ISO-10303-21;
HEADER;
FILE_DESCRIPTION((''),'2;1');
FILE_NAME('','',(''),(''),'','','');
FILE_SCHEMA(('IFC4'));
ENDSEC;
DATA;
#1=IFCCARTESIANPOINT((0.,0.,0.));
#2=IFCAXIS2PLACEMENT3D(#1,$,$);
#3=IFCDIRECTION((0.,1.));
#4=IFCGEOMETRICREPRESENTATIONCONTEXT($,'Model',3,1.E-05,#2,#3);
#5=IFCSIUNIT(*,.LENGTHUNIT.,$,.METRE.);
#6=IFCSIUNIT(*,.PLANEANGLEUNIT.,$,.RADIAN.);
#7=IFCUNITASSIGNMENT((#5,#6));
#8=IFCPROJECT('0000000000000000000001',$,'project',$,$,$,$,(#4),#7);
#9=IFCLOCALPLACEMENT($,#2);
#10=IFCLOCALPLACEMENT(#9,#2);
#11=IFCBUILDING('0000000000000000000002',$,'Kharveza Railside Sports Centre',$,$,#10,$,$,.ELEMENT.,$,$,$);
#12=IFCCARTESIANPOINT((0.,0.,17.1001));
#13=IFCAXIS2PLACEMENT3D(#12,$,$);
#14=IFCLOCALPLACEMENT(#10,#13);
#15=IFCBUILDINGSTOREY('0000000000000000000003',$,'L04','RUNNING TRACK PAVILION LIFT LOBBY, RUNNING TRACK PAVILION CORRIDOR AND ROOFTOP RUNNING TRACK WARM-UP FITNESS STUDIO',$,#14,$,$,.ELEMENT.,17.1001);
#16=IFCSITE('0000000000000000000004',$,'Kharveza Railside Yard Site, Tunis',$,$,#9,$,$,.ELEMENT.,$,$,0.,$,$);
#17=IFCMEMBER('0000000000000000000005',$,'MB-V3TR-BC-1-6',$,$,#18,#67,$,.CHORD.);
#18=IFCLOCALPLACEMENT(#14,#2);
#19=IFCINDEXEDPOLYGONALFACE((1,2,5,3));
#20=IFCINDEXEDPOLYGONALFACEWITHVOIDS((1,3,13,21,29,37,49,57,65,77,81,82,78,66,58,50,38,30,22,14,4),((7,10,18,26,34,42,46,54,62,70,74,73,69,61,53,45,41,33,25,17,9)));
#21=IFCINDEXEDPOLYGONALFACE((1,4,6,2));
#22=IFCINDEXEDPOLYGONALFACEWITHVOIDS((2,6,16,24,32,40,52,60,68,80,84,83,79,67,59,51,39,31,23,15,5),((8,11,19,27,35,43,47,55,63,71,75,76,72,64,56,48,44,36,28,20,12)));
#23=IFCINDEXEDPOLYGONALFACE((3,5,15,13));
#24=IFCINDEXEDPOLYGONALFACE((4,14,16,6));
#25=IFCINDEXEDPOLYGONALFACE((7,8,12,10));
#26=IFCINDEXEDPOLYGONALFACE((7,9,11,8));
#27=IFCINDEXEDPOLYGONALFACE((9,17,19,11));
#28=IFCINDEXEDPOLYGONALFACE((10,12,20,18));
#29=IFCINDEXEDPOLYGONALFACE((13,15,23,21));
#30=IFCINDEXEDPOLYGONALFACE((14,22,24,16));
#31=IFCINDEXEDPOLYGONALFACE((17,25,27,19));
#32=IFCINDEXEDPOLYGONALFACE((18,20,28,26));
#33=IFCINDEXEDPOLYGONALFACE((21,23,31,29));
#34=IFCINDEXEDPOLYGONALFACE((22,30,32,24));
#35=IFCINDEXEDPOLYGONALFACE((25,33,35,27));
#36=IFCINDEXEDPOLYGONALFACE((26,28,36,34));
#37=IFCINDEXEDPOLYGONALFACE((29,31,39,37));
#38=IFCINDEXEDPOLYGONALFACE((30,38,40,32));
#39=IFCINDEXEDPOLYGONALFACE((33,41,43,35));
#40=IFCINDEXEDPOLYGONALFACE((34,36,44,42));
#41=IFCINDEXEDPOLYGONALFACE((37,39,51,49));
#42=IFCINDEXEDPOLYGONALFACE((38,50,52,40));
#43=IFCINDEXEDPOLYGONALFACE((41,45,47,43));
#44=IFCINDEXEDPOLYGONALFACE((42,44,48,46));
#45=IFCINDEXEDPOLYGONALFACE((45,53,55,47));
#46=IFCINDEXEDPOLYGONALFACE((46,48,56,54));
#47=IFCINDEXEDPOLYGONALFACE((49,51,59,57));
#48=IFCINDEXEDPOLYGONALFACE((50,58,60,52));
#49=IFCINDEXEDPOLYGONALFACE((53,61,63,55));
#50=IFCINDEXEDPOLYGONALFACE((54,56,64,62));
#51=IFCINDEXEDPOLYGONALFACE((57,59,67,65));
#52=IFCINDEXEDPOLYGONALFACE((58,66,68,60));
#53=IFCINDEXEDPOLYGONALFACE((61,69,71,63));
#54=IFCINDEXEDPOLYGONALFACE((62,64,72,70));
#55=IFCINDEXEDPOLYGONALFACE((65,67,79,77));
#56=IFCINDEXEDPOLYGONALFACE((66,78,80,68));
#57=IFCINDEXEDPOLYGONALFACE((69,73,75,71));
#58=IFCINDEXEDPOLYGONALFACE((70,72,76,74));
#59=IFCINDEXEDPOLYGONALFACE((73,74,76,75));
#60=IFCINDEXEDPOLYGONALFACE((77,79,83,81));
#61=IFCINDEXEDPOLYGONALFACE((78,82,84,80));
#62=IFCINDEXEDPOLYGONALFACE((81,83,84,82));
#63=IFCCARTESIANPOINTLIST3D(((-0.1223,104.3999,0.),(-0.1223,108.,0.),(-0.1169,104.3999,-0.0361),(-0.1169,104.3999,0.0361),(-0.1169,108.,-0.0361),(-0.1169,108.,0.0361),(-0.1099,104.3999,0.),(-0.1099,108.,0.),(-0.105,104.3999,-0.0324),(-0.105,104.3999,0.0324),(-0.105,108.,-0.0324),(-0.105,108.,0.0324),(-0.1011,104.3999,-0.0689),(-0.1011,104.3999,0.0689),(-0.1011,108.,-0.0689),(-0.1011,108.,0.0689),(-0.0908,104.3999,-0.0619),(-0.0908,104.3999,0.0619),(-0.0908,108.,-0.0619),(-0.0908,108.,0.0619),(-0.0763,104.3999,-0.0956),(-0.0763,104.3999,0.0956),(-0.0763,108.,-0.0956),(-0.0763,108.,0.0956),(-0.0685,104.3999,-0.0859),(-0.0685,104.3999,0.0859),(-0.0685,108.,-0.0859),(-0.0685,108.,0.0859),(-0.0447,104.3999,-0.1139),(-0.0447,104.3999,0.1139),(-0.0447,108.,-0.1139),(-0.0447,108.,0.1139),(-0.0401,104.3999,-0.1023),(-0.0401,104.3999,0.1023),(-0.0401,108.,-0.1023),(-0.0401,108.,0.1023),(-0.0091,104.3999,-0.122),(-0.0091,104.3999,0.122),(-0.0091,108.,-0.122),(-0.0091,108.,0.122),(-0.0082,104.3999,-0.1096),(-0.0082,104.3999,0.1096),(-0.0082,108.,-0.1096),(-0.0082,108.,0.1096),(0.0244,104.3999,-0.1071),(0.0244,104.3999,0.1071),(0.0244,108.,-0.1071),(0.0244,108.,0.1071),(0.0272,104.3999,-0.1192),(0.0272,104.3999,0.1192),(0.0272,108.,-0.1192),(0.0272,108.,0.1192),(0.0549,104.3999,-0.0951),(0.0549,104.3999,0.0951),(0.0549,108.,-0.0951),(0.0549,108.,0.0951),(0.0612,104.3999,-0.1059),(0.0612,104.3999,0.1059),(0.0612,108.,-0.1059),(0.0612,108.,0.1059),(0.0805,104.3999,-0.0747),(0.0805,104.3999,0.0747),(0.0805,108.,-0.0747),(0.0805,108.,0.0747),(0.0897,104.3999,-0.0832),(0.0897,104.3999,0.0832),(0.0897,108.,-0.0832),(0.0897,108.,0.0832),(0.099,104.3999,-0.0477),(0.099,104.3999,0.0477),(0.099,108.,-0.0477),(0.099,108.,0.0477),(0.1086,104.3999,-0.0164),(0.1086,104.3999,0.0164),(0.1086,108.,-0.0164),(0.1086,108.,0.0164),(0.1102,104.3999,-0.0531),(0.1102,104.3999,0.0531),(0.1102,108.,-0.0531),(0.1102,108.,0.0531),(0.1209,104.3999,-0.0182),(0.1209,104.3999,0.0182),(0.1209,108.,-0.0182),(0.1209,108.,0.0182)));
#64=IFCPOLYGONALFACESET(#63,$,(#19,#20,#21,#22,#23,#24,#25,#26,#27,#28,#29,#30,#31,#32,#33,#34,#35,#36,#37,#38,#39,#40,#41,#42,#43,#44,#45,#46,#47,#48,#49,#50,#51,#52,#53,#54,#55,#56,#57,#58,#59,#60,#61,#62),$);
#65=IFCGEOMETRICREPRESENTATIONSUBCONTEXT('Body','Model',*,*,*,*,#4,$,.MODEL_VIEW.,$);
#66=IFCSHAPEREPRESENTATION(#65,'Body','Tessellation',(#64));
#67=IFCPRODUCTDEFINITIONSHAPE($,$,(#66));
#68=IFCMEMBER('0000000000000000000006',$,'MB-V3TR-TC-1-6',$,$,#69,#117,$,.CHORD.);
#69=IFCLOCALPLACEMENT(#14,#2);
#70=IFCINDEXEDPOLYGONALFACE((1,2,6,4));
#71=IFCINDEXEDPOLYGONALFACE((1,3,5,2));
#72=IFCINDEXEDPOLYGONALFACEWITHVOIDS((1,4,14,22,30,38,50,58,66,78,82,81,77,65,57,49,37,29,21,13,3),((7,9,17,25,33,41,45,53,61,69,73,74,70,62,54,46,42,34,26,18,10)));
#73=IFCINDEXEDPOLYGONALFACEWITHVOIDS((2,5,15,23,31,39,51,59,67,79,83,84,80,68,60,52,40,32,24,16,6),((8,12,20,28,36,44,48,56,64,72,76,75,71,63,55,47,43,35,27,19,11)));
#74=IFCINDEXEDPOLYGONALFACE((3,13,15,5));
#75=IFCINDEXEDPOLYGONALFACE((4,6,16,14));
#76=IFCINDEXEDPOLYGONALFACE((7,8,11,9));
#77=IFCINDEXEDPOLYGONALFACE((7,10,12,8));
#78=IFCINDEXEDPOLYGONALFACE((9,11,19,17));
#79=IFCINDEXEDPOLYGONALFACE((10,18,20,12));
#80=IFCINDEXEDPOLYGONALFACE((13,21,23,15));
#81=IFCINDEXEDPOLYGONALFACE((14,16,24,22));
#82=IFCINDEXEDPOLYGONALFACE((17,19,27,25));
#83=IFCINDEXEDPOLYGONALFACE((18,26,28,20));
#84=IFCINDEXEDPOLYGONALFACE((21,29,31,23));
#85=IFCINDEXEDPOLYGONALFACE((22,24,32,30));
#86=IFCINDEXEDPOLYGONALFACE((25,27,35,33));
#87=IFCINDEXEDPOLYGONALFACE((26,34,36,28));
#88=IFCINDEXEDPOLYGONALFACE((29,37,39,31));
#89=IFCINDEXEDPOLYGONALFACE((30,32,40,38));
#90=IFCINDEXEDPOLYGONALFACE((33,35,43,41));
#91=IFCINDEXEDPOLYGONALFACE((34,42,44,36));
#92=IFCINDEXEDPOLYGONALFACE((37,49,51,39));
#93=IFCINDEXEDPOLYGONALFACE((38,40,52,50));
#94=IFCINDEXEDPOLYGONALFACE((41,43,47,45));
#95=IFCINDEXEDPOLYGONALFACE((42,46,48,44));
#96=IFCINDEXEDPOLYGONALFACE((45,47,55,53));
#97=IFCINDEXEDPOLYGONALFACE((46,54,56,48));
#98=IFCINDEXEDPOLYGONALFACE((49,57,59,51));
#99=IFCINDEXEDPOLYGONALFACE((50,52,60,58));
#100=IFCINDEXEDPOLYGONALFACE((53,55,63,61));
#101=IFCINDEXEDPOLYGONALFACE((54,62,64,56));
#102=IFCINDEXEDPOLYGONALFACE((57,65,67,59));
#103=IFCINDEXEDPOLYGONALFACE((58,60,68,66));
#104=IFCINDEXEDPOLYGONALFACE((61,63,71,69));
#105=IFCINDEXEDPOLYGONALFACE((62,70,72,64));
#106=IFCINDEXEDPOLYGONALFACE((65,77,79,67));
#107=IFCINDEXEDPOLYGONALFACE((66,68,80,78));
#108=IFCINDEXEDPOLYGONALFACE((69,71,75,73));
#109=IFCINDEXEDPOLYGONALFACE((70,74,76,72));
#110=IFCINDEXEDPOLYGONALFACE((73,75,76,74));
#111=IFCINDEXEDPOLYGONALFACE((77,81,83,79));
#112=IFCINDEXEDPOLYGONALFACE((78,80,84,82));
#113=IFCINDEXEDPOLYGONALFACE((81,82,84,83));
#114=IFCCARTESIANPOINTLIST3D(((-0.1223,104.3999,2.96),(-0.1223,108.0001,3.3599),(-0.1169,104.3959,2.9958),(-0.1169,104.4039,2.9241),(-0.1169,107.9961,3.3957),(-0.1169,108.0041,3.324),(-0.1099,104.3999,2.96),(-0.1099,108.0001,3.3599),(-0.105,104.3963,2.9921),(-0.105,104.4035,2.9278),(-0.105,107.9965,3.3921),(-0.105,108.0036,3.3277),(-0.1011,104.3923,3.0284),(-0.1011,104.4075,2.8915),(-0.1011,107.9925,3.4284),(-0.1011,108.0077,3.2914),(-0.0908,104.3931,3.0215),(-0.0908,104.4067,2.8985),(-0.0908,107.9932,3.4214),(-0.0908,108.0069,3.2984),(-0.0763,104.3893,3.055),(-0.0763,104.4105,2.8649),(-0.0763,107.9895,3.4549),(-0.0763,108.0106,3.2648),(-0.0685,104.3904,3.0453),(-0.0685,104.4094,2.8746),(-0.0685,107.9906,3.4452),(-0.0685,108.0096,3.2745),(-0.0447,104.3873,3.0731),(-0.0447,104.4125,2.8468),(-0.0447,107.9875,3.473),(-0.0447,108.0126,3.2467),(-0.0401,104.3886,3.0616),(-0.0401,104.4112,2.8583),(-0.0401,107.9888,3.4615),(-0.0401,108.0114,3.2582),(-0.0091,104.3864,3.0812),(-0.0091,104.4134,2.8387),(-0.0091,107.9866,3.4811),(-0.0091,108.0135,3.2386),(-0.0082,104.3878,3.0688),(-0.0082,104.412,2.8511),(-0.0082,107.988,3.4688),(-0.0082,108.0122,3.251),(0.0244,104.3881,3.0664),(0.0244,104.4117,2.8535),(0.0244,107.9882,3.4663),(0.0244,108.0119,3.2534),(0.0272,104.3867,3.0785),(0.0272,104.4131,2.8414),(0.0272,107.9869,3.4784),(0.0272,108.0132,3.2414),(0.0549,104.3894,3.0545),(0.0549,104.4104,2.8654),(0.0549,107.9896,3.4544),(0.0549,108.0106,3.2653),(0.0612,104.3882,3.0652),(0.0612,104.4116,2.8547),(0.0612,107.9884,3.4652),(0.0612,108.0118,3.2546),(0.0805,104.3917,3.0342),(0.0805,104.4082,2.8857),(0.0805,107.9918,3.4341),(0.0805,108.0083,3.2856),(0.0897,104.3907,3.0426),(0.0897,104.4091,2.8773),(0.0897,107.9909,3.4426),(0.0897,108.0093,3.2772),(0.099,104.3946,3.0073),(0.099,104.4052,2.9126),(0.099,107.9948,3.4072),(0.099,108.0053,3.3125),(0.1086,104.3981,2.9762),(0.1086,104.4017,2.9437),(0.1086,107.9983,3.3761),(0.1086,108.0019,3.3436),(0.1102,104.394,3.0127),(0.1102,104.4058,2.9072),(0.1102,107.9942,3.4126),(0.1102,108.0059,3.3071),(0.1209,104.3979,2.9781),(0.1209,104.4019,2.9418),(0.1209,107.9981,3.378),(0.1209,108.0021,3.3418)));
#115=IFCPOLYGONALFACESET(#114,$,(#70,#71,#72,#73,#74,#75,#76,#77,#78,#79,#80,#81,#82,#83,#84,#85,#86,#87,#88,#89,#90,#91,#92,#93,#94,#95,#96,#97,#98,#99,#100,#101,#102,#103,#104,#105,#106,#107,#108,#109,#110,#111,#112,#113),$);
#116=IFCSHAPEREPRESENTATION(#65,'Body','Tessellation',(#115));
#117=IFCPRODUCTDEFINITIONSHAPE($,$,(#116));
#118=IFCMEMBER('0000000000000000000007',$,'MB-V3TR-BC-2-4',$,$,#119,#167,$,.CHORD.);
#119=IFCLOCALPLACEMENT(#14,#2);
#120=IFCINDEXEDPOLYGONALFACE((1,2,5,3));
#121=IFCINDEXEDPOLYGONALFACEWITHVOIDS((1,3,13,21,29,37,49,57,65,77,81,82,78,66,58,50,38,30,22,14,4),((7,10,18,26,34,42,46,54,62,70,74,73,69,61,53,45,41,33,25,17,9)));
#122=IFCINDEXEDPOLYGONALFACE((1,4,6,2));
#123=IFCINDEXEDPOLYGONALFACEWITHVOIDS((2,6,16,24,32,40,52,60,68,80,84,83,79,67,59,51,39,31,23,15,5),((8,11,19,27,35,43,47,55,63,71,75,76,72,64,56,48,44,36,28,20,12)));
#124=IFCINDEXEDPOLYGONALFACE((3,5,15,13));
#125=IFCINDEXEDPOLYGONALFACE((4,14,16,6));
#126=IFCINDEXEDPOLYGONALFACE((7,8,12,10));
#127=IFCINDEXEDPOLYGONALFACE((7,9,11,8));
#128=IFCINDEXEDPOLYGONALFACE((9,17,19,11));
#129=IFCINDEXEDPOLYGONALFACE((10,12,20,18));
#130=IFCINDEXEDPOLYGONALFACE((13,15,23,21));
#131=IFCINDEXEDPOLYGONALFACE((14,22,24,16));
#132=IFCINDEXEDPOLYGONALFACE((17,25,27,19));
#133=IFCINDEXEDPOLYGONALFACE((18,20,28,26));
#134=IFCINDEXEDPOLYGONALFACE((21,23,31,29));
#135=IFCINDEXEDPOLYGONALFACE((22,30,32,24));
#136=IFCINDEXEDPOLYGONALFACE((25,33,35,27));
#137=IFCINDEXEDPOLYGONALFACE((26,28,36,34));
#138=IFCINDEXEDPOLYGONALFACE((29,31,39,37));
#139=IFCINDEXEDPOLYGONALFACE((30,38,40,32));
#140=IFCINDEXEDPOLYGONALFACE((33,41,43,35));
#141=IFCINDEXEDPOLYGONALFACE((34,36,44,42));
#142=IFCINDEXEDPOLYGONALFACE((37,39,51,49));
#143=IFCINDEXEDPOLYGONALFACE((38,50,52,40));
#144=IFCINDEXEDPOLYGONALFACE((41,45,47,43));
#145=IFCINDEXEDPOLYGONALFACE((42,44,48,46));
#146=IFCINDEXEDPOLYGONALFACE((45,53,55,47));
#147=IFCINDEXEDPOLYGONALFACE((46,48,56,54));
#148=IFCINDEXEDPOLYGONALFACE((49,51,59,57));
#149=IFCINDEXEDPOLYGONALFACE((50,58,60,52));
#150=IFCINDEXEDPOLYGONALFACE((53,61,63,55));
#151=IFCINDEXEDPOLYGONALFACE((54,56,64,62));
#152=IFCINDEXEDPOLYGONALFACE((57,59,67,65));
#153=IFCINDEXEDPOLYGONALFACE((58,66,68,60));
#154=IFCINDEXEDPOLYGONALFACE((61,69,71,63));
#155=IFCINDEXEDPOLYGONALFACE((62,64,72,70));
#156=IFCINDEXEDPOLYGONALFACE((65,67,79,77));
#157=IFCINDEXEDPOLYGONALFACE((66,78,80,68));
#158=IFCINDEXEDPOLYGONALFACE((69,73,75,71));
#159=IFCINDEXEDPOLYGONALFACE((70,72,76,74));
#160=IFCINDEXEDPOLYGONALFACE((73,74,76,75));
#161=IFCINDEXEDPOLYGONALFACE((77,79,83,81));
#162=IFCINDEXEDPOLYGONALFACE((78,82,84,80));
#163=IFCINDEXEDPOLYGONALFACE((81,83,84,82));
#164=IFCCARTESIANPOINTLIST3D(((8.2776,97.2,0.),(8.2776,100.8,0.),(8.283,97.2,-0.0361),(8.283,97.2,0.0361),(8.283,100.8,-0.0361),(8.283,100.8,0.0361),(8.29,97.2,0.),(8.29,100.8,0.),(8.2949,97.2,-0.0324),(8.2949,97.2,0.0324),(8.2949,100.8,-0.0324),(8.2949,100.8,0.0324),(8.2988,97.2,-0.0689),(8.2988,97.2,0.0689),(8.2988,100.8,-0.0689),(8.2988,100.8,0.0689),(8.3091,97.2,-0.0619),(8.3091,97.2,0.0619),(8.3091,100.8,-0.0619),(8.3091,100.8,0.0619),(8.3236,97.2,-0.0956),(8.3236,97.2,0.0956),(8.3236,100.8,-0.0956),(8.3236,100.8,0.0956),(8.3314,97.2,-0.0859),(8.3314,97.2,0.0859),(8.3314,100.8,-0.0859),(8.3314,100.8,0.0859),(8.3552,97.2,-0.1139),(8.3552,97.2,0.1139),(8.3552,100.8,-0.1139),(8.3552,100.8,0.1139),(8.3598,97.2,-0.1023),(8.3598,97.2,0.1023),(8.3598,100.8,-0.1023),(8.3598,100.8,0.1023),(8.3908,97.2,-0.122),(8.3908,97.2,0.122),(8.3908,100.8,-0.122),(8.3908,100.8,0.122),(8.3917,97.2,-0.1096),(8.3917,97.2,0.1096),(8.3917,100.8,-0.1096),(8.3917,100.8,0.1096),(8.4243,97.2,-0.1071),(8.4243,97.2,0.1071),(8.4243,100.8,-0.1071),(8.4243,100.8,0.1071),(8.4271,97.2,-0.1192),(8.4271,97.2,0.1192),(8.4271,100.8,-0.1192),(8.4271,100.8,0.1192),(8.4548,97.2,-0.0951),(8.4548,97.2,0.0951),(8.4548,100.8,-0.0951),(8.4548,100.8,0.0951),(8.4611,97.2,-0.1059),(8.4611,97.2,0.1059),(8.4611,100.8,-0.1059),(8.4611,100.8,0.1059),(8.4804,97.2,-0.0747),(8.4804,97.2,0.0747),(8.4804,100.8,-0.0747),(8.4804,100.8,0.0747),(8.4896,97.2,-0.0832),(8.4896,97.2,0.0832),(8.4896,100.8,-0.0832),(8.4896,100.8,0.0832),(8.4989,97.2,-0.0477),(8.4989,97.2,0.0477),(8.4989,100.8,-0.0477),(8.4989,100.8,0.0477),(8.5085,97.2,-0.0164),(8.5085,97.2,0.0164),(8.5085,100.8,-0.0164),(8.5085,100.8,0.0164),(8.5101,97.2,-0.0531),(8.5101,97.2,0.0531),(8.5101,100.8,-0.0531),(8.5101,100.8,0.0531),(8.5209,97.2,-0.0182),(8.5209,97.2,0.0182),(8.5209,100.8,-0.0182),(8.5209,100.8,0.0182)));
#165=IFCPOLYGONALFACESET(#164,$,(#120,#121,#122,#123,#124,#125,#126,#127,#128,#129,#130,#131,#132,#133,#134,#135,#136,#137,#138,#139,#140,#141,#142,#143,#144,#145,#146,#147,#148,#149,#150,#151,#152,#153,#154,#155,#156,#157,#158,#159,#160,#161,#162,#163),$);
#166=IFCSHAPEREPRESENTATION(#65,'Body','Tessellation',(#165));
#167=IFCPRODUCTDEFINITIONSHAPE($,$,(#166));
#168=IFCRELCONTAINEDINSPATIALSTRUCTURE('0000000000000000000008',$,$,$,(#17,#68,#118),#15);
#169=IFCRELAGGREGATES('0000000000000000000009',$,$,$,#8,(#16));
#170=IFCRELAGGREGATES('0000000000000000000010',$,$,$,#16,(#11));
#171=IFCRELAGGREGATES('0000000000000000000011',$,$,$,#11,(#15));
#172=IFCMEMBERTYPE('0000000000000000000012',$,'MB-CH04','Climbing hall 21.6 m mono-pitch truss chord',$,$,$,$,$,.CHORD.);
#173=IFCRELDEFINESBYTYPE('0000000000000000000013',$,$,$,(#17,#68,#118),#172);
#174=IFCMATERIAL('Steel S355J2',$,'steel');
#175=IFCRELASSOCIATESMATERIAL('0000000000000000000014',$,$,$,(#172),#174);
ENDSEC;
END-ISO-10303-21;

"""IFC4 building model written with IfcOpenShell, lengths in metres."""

from ifc_helpers import new_model, si_unit, direction, frame, origin, origin_2d, place, context, subcontext, project, spatial, hollow_circle, extrude, material, material_profile, profile_set, type_object, element, save


model = new_model("IFC4")

# Units and contexts
model_context = context("Model", 3, precision=1e-05, world=origin(), true_north=direction((0.0, 1.0)))
body_context = subcontext(model_context, "Body", "Model", "MODEL_VIEW")
ifc_project = project(units=[si_unit("LENGTHUNIT", "METRE"), si_unit("PLANEANGLEUNIT", "RADIAN")], contexts=[model_context])

# Site, building, storey
site_placement = place(None, origin())
site = spatial("IfcSite", under=ifc_project, at=site_placement, Name="Kharveza Railside Yard Site, Tunis", CompositionType="ELEMENT", RefElevation=0.0)
building_placement = place(site_placement, origin())
building = spatial("IfcBuilding", under=site, at=building_placement, Name="Kharveza Railside Sports Centre", CompositionType="ELEMENT")
storey_placement = place(building_placement, frame((0.0, 0.0, 17.1001)))
storey = spatial("IfcBuildingStorey", under=building, at=storey_placement, Name="L04", Description="RUNNING TRACK PAVILION LIFT LOBBY, RUNNING TRACK PAVILION CORRIDOR AND ROOFTOP RUNNING TRACK WARM-UP FITNESS STUDIO", CompositionType="ELEMENT", Elevation=17.1001)

# Members
ifc_material_1 = material(Name="Steel S355J2", Category="steel")
ifc_material_profile_1 = material_profile(ifc_material_1, hollow_circle(Radius=0.1223, WallThickness=0.0125, at=origin_2d()), Name="CHS 244.5x12.5")
ifc_profile_set_1 = profile_set([ifc_material_profile_1], Name="Steel S355J2")
member_type_1 = type_object("IfcMemberType", Name="MB-CH04", Description="Climbing hall 21.6 m mono-pitch truss chord", PredefinedType="CHORD", material=ifc_profile_set_1)
member_1_placement = place(storey_placement, frame((0.0, 104.3999, 0.0), z_axis=(0.0, 1.0, 0.0), x_axis=(-1.0, 0.0, 0.0)))
element("IfcMember", 1, at=member_1_placement, inside=storey, type_object=member_type_1, Name="MB-V3TR-BC-1-6", PredefinedType="CHORD", context=body_context, shape_type="SweptSolid", body=[
    extrude(hollow_circle(Radius=0.1223, WallThickness=0.0125, at=origin_2d()), origin(), (0.0, 0.0, 1.0), 3.6001),
])
member_2_placement = place(storey_placement, frame((0.0, 104.3999, 2.96), z_axis=(0.0, 0.993887, 0.110402), x_axis=(-1.0, 0.0, 0.0)))
element("IfcMember", 2, at=member_2_placement, inside=storey, type_object=member_type_1, Name="MB-V3TR-TC-1-6", PredefinedType="CHORD", context=body_context, shape_type="SweptSolid", body=[
    extrude(hollow_circle(Radius=0.1223, WallThickness=0.0125, at=origin_2d()), origin(), (0.0, 0.0, 1.0), 3.6223),
])
member_3_placement = place(storey_placement, frame((8.3999, 97.2, 0.0), z_axis=(0.0, 1.0, 0.0), x_axis=(-1.0, 0.0, 0.0)))
element("IfcMember", 3, at=member_3_placement, inside=storey, type_object=member_type_1, Name="MB-V3TR-BC-2-4", PredefinedType="CHORD", context=body_context, shape_type="SweptSolid", body=[
    extrude(hollow_circle(Radius=0.1223, WallThickness=0.0125, at=origin_2d()), origin(), (0.0, 0.0, 1.0), 3.6001),
])

save(model, "model.ifc")
